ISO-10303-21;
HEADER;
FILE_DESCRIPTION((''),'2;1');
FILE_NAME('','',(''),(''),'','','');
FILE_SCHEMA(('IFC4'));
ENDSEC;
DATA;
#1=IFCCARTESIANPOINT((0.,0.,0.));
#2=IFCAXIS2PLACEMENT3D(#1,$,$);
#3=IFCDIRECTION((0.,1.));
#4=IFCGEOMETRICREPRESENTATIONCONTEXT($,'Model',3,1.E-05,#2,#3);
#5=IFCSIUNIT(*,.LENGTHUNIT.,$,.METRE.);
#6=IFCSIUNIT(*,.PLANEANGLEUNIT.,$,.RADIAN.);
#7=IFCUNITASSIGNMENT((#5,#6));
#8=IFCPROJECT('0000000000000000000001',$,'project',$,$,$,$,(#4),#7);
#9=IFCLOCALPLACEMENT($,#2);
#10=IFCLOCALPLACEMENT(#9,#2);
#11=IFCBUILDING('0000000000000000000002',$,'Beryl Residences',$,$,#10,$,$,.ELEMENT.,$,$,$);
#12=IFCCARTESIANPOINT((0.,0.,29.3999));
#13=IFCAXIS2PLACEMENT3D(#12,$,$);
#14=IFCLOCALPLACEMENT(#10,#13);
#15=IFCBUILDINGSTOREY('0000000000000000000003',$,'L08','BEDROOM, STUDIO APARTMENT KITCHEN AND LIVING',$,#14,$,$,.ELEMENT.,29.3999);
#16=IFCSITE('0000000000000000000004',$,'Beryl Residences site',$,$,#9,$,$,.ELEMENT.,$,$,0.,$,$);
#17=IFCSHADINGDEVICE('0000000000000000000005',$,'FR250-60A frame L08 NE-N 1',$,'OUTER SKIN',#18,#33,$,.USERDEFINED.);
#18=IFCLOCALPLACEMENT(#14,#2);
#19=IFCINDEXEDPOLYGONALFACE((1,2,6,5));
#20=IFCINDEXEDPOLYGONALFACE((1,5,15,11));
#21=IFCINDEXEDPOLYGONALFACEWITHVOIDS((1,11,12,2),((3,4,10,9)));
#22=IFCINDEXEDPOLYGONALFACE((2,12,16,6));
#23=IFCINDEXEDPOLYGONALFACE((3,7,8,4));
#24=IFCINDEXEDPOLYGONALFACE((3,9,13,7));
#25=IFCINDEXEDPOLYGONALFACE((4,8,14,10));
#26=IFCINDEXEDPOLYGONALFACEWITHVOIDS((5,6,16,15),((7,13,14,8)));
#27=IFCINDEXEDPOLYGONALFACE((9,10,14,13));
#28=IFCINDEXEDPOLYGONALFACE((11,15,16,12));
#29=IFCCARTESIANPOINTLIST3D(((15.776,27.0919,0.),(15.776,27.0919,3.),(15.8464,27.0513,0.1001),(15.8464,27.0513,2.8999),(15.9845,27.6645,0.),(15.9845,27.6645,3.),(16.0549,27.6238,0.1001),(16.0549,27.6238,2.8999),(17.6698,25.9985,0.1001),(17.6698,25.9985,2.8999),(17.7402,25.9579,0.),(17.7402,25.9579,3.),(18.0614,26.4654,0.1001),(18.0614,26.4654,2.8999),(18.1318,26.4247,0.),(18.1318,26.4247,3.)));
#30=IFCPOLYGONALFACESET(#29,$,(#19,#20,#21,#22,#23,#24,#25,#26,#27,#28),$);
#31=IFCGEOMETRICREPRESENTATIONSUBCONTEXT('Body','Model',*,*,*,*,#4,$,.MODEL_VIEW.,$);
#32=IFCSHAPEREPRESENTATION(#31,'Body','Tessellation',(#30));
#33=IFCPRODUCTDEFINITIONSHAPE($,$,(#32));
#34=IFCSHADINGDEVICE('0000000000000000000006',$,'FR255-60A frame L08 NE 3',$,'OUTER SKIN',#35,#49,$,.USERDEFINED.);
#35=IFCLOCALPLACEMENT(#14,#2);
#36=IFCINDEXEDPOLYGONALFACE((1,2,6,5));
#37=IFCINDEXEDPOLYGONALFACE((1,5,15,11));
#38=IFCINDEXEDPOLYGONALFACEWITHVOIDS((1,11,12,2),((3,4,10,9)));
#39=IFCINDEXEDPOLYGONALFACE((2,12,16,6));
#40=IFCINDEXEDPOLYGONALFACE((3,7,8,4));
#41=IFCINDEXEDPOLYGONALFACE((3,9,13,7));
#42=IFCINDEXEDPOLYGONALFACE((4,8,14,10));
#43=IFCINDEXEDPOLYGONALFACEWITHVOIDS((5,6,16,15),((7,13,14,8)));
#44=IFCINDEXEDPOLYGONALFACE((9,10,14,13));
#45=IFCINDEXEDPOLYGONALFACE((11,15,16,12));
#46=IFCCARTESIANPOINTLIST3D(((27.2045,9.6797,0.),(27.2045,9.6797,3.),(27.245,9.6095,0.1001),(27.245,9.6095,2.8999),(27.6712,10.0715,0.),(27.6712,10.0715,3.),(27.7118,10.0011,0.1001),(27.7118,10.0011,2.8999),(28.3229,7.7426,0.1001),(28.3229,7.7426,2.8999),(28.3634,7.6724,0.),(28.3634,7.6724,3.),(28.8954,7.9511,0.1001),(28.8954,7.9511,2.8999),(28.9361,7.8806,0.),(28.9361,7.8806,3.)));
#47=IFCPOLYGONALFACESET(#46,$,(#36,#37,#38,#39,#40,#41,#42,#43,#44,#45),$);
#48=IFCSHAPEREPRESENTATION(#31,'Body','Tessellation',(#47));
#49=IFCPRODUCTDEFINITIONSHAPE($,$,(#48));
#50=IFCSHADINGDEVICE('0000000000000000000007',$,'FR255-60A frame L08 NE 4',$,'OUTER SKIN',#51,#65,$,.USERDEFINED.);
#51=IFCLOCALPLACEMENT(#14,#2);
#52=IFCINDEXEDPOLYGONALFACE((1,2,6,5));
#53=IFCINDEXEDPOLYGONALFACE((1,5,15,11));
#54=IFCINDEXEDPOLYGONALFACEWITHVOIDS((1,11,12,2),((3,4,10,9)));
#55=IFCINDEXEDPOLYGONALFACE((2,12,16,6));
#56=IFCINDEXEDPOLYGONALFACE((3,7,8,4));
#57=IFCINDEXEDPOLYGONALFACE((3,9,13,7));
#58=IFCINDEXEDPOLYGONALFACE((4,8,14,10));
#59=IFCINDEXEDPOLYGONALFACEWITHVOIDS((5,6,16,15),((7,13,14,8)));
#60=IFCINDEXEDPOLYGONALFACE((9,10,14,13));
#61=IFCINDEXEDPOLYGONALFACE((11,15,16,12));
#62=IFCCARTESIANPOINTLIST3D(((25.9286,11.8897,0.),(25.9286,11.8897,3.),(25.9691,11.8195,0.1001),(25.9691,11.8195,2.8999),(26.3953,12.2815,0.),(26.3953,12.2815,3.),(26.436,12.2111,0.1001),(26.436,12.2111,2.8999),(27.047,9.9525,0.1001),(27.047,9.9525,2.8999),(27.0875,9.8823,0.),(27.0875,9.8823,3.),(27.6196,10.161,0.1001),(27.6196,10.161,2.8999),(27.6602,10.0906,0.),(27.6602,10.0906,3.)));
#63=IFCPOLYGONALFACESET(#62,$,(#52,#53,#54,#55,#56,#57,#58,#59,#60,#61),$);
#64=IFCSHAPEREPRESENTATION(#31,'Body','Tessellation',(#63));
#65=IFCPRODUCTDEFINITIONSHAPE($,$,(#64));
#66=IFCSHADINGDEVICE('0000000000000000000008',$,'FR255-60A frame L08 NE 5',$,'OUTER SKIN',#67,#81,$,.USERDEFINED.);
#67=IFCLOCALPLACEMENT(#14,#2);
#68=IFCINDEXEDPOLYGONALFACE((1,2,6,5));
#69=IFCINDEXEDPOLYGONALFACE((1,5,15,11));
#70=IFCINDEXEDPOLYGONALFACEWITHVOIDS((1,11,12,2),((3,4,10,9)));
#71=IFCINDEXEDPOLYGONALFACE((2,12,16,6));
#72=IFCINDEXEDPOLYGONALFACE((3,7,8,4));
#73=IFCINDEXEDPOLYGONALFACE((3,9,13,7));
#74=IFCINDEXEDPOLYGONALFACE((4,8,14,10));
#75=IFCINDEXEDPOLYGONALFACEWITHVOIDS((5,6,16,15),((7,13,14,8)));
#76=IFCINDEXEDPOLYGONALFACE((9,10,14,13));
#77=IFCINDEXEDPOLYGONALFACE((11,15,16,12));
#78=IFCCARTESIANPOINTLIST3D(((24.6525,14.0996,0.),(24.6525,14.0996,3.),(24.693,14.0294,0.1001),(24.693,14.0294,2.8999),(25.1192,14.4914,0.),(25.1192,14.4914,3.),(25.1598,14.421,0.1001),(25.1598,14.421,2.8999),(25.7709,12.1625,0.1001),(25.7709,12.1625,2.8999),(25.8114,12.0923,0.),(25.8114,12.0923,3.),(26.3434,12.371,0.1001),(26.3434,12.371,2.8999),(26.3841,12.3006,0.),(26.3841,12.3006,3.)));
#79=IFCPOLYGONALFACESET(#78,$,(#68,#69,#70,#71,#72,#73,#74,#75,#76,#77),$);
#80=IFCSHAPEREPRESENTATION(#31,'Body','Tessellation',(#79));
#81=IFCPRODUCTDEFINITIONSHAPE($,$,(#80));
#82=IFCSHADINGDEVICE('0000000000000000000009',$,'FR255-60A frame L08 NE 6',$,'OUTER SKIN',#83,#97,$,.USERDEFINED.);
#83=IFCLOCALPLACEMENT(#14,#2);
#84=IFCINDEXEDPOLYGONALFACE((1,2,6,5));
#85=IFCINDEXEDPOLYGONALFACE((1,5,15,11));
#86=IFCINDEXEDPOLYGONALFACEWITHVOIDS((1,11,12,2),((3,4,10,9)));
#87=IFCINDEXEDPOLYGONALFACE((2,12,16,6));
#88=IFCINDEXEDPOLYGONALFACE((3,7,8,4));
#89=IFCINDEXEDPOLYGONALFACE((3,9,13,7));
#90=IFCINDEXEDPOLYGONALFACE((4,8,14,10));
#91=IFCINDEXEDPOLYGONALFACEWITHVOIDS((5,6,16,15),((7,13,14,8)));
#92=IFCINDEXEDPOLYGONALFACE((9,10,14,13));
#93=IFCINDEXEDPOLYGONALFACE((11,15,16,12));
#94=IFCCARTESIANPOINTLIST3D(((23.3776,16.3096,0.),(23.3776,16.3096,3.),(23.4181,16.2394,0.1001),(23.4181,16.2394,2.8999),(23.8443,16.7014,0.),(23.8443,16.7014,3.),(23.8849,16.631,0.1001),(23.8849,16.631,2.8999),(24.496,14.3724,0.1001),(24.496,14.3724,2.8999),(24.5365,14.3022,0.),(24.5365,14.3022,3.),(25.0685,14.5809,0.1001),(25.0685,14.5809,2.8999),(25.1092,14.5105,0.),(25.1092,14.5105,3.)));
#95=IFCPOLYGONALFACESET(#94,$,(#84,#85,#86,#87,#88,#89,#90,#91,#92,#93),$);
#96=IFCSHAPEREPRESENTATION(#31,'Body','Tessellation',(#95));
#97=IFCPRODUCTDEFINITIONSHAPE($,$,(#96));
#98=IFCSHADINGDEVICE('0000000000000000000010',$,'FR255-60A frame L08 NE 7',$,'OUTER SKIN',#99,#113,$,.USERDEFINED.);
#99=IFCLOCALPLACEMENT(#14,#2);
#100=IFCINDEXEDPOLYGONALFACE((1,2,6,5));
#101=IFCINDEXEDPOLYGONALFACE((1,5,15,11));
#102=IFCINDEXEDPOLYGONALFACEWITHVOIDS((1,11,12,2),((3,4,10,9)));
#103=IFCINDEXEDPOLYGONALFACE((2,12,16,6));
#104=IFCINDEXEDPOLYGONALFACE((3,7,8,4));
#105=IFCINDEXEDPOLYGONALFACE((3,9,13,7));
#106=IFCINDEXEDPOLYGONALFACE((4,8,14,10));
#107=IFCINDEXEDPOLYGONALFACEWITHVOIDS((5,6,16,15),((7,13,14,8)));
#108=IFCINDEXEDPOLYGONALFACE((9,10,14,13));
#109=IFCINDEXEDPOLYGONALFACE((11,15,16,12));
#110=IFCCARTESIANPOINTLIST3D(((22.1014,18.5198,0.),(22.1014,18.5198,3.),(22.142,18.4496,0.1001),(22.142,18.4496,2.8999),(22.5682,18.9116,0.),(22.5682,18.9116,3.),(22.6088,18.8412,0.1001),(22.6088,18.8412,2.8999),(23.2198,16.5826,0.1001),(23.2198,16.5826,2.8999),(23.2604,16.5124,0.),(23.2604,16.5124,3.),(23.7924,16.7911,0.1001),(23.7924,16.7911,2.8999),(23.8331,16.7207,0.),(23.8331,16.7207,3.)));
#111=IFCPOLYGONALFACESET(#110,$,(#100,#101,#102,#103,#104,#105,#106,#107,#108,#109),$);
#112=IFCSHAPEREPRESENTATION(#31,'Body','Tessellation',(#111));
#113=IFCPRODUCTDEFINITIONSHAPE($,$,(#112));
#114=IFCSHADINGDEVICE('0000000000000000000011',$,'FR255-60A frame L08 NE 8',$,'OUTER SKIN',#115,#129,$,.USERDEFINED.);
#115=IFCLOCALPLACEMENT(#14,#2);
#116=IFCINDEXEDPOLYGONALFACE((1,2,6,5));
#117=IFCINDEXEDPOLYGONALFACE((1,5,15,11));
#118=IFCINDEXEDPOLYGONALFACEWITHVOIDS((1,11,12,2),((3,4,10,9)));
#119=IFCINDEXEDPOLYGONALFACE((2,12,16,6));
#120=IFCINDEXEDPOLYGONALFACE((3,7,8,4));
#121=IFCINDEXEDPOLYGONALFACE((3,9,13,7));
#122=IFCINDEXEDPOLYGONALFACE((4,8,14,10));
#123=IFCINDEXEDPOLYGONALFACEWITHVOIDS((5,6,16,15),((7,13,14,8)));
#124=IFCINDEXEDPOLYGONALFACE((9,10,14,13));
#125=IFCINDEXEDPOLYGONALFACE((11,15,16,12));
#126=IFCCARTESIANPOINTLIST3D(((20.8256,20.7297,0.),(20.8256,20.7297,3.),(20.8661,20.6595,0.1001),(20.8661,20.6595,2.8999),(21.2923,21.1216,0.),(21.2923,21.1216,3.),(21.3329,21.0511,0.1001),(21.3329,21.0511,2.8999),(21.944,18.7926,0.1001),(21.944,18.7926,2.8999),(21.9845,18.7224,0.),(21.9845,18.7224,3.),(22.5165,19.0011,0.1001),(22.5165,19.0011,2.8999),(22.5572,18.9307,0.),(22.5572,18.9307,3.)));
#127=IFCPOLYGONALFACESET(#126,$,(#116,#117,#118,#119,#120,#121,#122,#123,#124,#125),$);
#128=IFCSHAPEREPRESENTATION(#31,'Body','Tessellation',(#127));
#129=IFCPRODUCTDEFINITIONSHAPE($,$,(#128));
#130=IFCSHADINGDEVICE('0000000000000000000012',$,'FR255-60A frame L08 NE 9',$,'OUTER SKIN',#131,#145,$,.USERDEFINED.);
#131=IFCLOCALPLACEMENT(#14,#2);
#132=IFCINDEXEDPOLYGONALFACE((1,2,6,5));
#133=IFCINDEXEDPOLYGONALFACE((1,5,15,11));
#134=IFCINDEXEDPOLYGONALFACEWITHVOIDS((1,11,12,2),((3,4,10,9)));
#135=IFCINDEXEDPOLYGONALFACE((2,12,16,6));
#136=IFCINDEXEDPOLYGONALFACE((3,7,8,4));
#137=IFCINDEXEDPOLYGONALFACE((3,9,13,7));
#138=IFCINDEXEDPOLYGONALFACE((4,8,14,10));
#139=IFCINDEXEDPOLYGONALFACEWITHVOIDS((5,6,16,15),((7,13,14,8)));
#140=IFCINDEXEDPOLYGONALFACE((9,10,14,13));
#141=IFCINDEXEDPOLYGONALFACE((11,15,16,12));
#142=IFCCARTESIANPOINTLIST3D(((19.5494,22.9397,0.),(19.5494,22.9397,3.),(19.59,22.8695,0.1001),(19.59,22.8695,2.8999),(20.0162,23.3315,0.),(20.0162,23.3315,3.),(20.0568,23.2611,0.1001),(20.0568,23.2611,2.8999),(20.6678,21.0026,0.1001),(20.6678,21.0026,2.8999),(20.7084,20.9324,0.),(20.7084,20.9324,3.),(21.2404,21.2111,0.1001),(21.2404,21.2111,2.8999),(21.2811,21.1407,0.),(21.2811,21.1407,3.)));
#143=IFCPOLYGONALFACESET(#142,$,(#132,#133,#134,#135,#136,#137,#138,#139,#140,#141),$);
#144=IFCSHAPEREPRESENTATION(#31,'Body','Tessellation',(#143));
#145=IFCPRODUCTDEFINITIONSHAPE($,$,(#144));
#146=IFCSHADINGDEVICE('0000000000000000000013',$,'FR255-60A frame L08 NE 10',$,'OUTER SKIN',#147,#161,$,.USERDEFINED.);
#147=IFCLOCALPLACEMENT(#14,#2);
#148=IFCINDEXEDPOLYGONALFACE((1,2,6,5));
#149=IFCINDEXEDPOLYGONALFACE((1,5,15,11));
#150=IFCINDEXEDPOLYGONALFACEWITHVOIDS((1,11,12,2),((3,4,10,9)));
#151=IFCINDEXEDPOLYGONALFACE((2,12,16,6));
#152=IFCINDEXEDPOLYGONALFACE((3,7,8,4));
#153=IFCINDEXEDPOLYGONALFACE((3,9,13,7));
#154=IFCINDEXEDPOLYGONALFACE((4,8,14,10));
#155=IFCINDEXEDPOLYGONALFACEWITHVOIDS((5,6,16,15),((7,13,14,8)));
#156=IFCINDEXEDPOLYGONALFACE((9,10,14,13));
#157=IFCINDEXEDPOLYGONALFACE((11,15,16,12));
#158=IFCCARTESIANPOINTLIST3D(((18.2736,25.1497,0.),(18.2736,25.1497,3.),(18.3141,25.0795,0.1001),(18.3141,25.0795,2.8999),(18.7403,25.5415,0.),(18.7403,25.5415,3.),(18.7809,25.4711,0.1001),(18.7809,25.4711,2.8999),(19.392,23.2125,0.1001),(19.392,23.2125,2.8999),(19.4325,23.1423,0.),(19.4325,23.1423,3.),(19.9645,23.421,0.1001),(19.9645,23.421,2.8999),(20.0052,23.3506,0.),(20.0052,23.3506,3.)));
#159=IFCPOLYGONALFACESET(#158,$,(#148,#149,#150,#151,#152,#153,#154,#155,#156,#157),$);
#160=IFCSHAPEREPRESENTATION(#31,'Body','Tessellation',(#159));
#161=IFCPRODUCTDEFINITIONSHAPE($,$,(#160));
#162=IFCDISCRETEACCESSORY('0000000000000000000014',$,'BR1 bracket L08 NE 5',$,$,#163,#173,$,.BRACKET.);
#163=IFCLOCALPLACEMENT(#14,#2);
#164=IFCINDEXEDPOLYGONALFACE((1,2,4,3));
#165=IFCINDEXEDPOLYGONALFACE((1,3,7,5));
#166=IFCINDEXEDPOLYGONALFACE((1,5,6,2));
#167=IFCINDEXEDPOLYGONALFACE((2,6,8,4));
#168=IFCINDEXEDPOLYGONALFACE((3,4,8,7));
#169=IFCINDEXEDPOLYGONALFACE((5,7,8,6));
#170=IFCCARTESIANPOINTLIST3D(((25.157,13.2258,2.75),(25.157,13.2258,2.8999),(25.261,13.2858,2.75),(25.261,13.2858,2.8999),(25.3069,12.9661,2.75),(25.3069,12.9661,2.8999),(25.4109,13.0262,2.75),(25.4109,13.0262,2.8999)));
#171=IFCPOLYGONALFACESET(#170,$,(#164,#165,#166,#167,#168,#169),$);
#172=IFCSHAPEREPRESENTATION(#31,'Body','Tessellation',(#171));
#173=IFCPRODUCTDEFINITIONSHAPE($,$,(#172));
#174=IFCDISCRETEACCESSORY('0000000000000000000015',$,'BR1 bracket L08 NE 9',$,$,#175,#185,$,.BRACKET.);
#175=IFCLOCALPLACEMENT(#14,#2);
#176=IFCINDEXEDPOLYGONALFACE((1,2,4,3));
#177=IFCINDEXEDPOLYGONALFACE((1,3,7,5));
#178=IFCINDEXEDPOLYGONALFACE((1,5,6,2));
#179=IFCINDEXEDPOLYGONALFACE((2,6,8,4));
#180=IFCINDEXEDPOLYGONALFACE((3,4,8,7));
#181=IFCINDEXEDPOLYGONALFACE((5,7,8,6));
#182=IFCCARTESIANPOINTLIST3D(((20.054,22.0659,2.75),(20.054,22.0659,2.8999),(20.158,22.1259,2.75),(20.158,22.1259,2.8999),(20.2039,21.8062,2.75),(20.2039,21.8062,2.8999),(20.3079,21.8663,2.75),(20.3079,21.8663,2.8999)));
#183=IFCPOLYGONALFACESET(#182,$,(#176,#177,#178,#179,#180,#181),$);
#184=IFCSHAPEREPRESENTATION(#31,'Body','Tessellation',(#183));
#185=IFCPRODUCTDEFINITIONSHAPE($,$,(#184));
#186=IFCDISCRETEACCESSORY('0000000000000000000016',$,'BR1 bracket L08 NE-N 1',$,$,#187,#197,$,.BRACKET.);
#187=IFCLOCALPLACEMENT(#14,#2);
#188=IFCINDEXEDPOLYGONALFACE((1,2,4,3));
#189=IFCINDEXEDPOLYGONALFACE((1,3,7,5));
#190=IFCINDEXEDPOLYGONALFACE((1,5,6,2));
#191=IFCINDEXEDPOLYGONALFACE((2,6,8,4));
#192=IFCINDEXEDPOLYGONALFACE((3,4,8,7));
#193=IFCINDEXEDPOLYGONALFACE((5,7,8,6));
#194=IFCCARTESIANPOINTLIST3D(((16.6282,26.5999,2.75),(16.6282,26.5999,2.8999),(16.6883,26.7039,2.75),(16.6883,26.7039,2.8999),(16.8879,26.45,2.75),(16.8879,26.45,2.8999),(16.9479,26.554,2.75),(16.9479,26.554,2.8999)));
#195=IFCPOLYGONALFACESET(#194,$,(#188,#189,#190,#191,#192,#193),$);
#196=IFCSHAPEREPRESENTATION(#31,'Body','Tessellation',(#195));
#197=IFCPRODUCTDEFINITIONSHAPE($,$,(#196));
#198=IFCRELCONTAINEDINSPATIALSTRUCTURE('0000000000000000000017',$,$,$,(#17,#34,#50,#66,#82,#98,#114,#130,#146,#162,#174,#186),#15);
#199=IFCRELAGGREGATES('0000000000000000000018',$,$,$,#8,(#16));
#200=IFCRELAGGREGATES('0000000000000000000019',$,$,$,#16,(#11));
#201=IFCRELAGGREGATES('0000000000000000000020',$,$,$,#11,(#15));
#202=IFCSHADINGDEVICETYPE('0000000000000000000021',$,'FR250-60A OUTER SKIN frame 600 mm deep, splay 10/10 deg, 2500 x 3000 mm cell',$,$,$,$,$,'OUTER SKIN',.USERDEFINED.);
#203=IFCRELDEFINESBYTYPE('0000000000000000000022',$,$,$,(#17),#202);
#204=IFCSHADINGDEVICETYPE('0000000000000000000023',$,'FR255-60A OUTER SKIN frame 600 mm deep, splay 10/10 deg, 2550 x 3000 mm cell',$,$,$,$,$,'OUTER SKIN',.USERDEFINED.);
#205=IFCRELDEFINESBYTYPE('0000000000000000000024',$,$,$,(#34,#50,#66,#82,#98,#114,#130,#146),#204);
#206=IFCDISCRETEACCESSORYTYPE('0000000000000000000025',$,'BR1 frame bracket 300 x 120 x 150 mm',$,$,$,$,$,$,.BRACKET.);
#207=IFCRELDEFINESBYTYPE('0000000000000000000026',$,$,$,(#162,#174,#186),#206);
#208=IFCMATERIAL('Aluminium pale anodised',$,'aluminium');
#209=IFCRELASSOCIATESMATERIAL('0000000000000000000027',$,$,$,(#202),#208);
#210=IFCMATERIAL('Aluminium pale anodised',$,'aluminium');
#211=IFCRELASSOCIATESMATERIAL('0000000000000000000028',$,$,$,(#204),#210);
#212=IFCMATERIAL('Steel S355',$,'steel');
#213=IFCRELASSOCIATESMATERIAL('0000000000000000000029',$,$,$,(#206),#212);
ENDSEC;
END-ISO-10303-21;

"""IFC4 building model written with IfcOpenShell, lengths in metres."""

from ifc_helpers import new_model, entity, si_unit, direction, frame, origin, place, context, subcontext, project, spatial, polyline, outline, extrude, source, transform, mapped, material, type_object, type_shapes, element, save


model = new_model("IFC4")

# Units and contexts
model_context = context("Model", 3, precision=1e-05, world=origin(), true_north=direction((0.0, 1.0)))
body_context = subcontext(model_context, "Body", "Model", "MODEL_VIEW")
ifc_project = project(units=[si_unit("LENGTHUNIT", "METRE"), si_unit("PLANEANGLEUNIT", "RADIAN")], contexts=[model_context])

# Site, building, storey
site_placement = place(None, origin())
site = spatial("IfcSite", under=ifc_project, at=site_placement, Name="Beryl Residences site", CompositionType="ELEMENT", RefElevation=0.0)
building_placement = place(site_placement, origin())
building = spatial("IfcBuilding", under=site, at=building_placement, Name="Beryl Residences", CompositionType="ELEMENT")
storey_placement = place(building_placement, frame((0.0, 0.0, 29.3999)))
storey = spatial("IfcBuildingStorey", under=building, at=storey_placement, Name="L08", Description="BEDROOM, STUDIO APARTMENT KITCHEN AND LIVING", CompositionType="ELEMENT", Elevation=29.3999)

# Shading devices
ifc_material_1 = material(Name="Aluminium pale anodised", Category="aluminium")
shading_device_type_1 = type_object("IfcShadingDeviceType", Name="FR250-60A OUTER SKIN frame 600 mm deep, splay 10/10 deg, 2500 x 3000 mm cell", ElementType="OUTER SKIN", PredefinedType="USERDEFINED", material=ifc_material_1)
cartesian_point_1 = entity("IfcCartesianPoint", [-1.134, 0.0])
cartesian_point_2 = entity("IfcCartesianPoint", [-1.0527, 0.1001])
cartesian_point_3 = entity("IfcCartesianPoint", [-1.2397, 0.0])
cartesian_point_4 = entity("IfcCartesianPoint", [-1.1584, 0.1001])
shared_shape_1 = source(origin(), body_context, "Body", "SweptSolid", [
    entity("IfcExtrudedAreaSolidTapered", entity("IfcArbitraryProfileDefWithVoids", "AREA", None, entity("IfcPolyline", [cartesian_point_1, entity("IfcCartesianPoint", [1.134, 0.0]), entity("IfcCartesianPoint", [1.134, 3.0]), entity("IfcCartesianPoint", [-1.134, 3.0]), cartesian_point_1]), [entity("IfcPolyline", [cartesian_point_2, entity("IfcCartesianPoint", [1.0527, 0.1001]), entity("IfcCartesianPoint", [1.0527, 2.8999]), entity("IfcCartesianPoint", [-1.0527, 2.8999]), cartesian_point_2])]), entity("IfcAxis2Placement3D", entity("IfcCartesianPoint", [0.0, 0.0, 0.0]), entity("IfcDirection", [0.0, 1.0, 0.0]), entity("IfcDirection", [-1.0, 0.0, 0.0])), entity("IfcDirection", [0.0, 0.0, 1.0]), 0.6001, entity("IfcArbitraryProfileDefWithVoids", "AREA", None, entity("IfcPolyline", [cartesian_point_3, entity("IfcCartesianPoint", [1.2397, 0.0]), entity("IfcCartesianPoint", [1.2397, 3.0]), entity("IfcCartesianPoint", [-1.2397, 3.0]), cartesian_point_3]), [entity("IfcPolyline", [cartesian_point_4, entity("IfcCartesianPoint", [1.1584, 0.1001]), entity("IfcCartesianPoint", [1.1584, 2.8999]), entity("IfcCartesianPoint", [-1.1584, 2.8999]), cartesian_point_4])])),
])
type_shapes(shading_device_type_1, [shared_shape_1])
shading_device_placement = place(storey_placement, frame((16.7581, 26.5249, 0.0), z_axis=(0.0, 0.0, 1.0), x_axis=(0.866025, -0.5, 0.0)))
element("IfcShadingDevice", 1, at=shading_device_placement, inside=storey, type_object=shading_device_type_1, Name="FR250-60A frame L08 NE-N 1", ObjectType="OUTER SKIN", PredefinedType="USERDEFINED", context=body_context, shape_type="MappedRepresentation", body=[
    mapped(shared_shape_1, transform((0.0, 0.0, 0.0))),
])
ifc_material_2 = material(Name="Aluminium pale anodised", Category="aluminium")
shading_device_type_2 = type_object("IfcShadingDeviceType", Name="FR255-60A OUTER SKIN frame 600 mm deep, splay 10/10 deg, 2550 x 3000 mm cell", ElementType="OUTER SKIN", PredefinedType="USERDEFINED", material=ifc_material_2)
cartesian_point_5 = entity("IfcCartesianPoint", [-1.1589, 0.0])
cartesian_point_6 = entity("IfcCartesianPoint", [-1.0779, 0.1001])
cartesian_point_7 = entity("IfcCartesianPoint", [-1.2649, 0.0])
cartesian_point_8 = entity("IfcCartesianPoint", [-1.1836, 0.1001])
shared_shape_2 = source(origin(), body_context, "Body", "SweptSolid", [
    entity("IfcExtrudedAreaSolidTapered", entity("IfcArbitraryProfileDefWithVoids", "AREA", None, entity("IfcPolyline", [cartesian_point_5, entity("IfcCartesianPoint", [1.1589, 0.0]), entity("IfcCartesianPoint", [1.1589, 3.0]), entity("IfcCartesianPoint", [-1.1589, 3.0]), cartesian_point_5]), [entity("IfcPolyline", [cartesian_point_6, entity("IfcCartesianPoint", [1.0779, 0.1001]), entity("IfcCartesianPoint", [1.0779, 2.8999]), entity("IfcCartesianPoint", [-1.0779, 2.8999]), cartesian_point_6])]), entity("IfcAxis2Placement3D", entity("IfcCartesianPoint", [0.0, 0.0, 0.0]), entity("IfcDirection", [0.0, 1.0, 0.0]), entity("IfcDirection", [-1.0, 0.0, 0.0])), entity("IfcDirection", [0.0, 0.0, 1.0]), 0.6001, entity("IfcArbitraryProfileDefWithVoids", "AREA", None, entity("IfcPolyline", [cartesian_point_7, entity("IfcCartesianPoint", [1.2649, 0.0]), entity("IfcCartesianPoint", [1.2649, 3.0]), entity("IfcCartesianPoint", [-1.2649, 3.0]), cartesian_point_7]), [entity("IfcPolyline", [cartesian_point_8, entity("IfcCartesianPoint", [1.1836, 0.1001]), entity("IfcCartesianPoint", [1.1836, 2.8999]), entity("IfcCartesianPoint", [-1.1836, 2.8999]), cartesian_point_8])])),
])
type_shapes(shading_device_type_2, [shared_shape_2])
for number, where, z_axis, x_axis, name in (
    (2, (27.7839, 8.676, 0.0), (0.0, 0.0, 1.0), (0.5, -0.866025, 0.0), "FR255-60A frame L08 NE 3"),
    (3, (26.5081, 10.886, 0.0), (0.0, 0.0, 1.0), (0.5, -0.866025, 0.0), "FR255-60A frame L08 NE 4"),
    (4, (25.2319, 13.0959, 0.0), (0.0, 0.0, 1.0), (0.5, -0.866025, 0.0), "FR255-60A frame L08 NE 5"),
    (5, (23.957, 15.3059, 0.0), (0.0, 0.0, 1.0), (0.5, -0.866025, 0.0), "FR255-60A frame L08 NE 6"),
    (6, (22.6809, 17.5161, 0.0), (0.0, 0.0, 1.0), (0.5, -0.866025, 0.0), "FR255-60A frame L08 NE 7"),
    (7, (21.405, 19.7261, 0.0), (0.0, 0.0, 1.0), (0.5, -0.866025, 0.0), "FR255-60A frame L08 NE 8"),
    (8, (20.1289, 21.936, 0.0), (0.0, 0.0, 1.0), (0.5, -0.866025, 0.0), "FR255-60A frame L08 NE 9"),
    (9, (18.853, 24.146, 0.0), (0.0, 0.0, 1.0), (0.5, -0.866025, 0.0), "FR255-60A frame L08 NE 10"),
):
    element("IfcShadingDevice", number, at=place(storey_placement, frame(where, z_axis=z_axis, x_axis=x_axis)), inside=storey, type_object=shading_device_type_2, Name=name, ObjectType="OUTER SKIN", PredefinedType="USERDEFINED", context=body_context, shape_type="MappedRepresentation", body=[
        mapped(shared_shape_2, transform((0.0, 0.0, 0.0))),
    ])

# Discrete accessories
ifc_material_3 = material(Name="Steel S355", Category="steel")
discrete_accessory_type = type_object("IfcDiscreteAccessoryType", Name="BR1 frame bracket 300 x 120 x 150 mm", PredefinedType="BRACKET", material=ifc_material_3)
shared_shape_3 = source(origin(), body_context, "Body", "SweptSolid", [
    extrude(outline(polyline([(-0.1499, 0.0), (0.1499, 0.0), (0.1499, 0.1201), (-0.1499, 0.1201), (-0.1499, 0.0)])), origin(), (0.0, 0.0, 1.0), 0.1499),
])
type_shapes(discrete_accessory_type, [shared_shape_3])
for number, where, z_axis, x_axis, name in (
    (10, (25.2319, 13.0959, 2.75), (0.0, 0.0, 1.0), (0.5, -0.866025, 0.0), "BR1 bracket L08 NE 5"),
    (11, (20.1289, 21.936, 2.75), (0.0, 0.0, 1.0), (0.5, -0.866025, 0.0), "BR1 bracket L08 NE 9"),
    (12, (16.7581, 26.5249, 2.75), (0.0, 0.0, 1.0), (0.866025, -0.5, 0.0), "BR1 bracket L08 NE-N 1"),
):
    element("IfcDiscreteAccessory", number, at=place(storey_placement, frame(where, z_axis=z_axis, x_axis=x_axis)), inside=storey, type_object=discrete_accessory_type, Name=name, PredefinedType="BRACKET", context=body_context, shape_type="MappedRepresentation", body=[
        mapped(shared_shape_3, transform((0.0, 0.0, 0.0))),
    ])

save(model, "model.ifc")
